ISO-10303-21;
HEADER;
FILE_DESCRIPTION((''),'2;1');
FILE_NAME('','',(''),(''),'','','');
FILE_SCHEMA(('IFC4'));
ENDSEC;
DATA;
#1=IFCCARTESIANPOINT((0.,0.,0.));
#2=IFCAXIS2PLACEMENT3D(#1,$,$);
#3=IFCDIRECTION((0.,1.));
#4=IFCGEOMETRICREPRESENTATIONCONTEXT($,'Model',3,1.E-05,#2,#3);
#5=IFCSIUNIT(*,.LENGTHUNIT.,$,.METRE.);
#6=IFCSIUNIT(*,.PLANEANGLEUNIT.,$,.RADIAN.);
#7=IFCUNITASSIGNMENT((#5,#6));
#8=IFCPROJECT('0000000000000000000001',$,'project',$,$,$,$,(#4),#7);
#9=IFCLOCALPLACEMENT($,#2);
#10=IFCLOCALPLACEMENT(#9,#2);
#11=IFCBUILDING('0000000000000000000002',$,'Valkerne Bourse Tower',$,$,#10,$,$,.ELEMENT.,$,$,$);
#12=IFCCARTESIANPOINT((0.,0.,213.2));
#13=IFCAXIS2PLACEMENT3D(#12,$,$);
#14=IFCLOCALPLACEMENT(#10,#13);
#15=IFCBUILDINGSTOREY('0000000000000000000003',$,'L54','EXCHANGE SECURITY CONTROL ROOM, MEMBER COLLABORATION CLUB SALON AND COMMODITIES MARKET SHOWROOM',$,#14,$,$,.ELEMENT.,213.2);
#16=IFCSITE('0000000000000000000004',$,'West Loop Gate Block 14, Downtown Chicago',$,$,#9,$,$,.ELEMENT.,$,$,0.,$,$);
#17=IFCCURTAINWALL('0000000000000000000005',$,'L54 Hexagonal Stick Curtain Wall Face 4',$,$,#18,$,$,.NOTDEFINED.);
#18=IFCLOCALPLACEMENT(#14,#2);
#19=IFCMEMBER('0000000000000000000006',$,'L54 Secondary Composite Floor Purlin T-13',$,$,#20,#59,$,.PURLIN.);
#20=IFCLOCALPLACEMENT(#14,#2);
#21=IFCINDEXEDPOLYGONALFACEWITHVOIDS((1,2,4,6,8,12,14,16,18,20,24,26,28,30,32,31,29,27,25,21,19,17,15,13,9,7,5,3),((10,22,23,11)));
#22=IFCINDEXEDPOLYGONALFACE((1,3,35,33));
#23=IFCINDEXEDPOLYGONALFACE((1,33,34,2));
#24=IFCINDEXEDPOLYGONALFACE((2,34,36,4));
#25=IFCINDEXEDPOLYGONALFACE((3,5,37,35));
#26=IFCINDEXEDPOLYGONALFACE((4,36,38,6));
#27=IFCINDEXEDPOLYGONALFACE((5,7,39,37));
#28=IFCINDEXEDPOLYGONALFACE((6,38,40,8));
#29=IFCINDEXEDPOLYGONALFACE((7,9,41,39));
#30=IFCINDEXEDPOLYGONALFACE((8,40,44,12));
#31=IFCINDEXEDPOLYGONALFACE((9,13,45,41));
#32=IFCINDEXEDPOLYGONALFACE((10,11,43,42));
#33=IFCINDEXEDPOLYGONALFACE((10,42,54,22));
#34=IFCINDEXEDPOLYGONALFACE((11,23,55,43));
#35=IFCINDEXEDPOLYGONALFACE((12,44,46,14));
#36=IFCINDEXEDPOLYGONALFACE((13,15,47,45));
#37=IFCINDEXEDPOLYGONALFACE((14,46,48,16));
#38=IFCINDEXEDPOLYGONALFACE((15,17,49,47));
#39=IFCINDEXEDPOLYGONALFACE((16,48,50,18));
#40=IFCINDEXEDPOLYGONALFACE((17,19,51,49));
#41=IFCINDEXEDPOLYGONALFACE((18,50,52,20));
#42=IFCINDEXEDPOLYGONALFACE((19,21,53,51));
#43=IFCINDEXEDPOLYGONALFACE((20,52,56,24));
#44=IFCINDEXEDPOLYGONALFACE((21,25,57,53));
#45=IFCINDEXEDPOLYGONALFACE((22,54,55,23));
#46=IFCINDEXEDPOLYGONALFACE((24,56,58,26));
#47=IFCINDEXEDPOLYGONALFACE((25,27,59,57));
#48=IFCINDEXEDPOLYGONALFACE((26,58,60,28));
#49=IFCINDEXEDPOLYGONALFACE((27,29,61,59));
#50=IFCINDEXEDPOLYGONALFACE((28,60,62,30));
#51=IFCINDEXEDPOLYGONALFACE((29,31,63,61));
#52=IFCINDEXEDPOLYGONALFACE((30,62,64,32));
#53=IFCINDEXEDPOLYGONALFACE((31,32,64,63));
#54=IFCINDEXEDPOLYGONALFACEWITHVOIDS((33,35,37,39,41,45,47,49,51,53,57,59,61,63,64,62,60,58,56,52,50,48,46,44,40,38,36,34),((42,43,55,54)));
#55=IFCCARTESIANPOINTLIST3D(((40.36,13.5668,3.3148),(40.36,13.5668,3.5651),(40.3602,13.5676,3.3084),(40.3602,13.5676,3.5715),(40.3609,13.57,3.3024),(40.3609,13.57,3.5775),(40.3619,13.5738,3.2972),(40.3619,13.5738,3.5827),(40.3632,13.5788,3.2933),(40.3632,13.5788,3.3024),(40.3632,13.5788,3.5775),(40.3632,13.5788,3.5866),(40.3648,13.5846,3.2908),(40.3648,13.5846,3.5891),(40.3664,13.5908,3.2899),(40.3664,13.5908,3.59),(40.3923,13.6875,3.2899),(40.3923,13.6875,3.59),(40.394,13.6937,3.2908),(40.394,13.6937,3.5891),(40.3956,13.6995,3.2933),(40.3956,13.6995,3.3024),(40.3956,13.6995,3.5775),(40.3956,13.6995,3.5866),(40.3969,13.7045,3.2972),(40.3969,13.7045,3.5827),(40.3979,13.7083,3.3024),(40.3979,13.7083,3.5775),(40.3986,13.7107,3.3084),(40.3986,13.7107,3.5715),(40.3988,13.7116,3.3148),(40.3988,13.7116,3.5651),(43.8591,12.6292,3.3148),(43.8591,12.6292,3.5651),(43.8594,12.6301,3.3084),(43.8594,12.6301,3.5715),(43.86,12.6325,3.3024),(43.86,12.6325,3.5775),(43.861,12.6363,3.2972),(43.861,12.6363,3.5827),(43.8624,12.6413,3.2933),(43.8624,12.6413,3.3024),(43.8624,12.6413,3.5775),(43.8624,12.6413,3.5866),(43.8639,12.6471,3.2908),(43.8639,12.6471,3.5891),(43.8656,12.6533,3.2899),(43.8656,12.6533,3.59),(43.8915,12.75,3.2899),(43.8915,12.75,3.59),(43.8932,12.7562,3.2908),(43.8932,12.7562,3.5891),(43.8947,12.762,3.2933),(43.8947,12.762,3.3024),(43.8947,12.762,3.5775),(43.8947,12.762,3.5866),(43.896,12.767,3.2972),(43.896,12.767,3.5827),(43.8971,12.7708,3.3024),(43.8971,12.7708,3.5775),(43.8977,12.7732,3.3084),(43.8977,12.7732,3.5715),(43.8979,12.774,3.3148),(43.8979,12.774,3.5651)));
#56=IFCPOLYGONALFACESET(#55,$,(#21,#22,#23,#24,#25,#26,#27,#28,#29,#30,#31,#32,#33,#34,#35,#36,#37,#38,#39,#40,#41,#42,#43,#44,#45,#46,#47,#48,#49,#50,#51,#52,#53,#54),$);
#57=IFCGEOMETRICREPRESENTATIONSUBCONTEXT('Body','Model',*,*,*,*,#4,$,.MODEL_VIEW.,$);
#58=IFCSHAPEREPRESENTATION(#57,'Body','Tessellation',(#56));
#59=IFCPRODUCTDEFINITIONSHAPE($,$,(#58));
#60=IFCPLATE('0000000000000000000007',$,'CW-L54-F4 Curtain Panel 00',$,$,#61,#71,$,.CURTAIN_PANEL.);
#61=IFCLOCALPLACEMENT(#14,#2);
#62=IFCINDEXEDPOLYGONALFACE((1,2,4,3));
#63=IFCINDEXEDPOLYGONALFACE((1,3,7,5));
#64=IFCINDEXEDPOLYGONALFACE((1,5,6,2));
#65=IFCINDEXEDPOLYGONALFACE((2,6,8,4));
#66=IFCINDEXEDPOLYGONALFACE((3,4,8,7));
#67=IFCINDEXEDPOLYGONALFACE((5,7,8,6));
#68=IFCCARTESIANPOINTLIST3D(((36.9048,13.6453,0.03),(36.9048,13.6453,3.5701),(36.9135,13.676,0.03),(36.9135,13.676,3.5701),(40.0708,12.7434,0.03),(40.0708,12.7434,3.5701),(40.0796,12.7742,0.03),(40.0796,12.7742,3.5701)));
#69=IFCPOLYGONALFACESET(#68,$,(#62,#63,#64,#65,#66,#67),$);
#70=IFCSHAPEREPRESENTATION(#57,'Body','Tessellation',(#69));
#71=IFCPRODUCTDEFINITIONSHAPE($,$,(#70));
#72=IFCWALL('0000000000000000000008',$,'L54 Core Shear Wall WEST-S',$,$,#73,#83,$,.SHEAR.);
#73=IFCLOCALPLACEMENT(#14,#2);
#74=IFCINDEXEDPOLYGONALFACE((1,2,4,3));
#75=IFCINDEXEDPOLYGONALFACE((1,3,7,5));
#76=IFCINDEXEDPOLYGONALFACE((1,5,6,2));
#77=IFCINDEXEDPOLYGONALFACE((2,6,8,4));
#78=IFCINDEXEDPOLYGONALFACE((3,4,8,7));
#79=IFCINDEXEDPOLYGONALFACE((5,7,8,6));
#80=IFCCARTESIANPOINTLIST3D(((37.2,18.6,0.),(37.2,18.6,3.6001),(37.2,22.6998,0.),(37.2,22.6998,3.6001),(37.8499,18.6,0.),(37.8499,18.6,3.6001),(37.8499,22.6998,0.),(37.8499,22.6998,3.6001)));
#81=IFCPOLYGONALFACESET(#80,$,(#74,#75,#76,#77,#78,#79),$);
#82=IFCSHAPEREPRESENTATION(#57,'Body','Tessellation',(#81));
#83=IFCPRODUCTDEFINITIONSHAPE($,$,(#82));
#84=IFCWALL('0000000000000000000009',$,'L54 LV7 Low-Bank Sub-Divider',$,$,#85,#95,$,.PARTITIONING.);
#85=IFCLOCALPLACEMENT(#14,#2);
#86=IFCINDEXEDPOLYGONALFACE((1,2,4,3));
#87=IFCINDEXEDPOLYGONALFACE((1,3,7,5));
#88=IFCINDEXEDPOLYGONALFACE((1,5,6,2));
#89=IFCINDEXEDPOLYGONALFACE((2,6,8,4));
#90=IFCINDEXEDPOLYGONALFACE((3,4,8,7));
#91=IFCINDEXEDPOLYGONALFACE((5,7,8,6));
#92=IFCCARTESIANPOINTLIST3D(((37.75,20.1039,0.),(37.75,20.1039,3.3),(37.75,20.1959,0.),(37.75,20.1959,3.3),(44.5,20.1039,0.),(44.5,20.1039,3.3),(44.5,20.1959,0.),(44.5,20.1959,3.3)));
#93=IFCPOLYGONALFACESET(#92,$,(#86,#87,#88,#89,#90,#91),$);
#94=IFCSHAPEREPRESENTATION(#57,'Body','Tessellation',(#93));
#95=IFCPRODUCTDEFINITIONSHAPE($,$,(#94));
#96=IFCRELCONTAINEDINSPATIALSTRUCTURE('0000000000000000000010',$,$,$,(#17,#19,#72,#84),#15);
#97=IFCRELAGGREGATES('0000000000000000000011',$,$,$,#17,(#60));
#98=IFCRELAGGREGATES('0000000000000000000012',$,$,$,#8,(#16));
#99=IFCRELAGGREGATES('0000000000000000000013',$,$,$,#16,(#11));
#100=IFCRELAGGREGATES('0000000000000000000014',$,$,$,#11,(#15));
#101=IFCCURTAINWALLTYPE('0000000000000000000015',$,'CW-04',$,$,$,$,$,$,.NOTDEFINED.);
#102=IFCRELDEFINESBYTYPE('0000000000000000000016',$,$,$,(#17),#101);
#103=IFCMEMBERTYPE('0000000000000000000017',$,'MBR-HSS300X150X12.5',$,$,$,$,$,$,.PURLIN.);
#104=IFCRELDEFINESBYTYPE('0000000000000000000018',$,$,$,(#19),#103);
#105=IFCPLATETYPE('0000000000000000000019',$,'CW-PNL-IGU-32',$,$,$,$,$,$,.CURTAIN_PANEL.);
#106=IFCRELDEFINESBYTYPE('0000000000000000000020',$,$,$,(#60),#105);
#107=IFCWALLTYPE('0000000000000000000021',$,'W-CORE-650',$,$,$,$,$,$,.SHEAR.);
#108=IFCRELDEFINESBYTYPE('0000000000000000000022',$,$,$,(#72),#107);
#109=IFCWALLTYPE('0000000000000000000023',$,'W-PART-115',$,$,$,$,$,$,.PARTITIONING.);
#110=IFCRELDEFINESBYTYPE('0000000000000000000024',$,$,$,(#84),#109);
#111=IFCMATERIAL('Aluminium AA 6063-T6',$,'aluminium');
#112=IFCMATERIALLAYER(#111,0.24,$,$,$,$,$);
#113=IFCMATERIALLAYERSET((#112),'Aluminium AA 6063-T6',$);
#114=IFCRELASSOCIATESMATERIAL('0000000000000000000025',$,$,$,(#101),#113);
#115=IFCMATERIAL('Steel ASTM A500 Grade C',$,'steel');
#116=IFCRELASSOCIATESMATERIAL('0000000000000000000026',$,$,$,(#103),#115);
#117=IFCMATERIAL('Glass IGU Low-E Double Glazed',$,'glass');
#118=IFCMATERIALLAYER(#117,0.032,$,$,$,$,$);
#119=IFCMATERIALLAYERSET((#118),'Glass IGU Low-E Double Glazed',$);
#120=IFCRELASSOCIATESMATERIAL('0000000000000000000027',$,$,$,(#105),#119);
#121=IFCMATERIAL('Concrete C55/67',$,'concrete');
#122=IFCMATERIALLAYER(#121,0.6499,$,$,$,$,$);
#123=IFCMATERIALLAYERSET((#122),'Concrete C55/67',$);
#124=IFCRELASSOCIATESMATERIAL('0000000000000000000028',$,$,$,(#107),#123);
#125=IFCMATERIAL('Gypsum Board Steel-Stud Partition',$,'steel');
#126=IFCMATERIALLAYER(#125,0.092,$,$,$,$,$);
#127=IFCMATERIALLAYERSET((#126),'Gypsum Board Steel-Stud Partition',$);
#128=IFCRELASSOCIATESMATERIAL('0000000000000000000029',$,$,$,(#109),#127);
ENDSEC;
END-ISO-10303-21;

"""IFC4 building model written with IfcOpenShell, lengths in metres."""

from ifc_helpers import new_model, si_unit, direction, frame, frame_2d, origin, origin_2d, place, context, subcontext, project, spatial, rectangle, hollow_rectangle, extrude, material, layer, layer_set, material_profile, profile_set, type_object, element, aggregate, save


model = new_model("IFC4")

# Units and contexts
model_context = context("Model", 3, precision=1e-05, world=origin(), true_north=direction((0.0, 1.0)))
body_context = subcontext(model_context, "Body", "Model", "MODEL_VIEW")
ifc_project = project(units=[si_unit("LENGTHUNIT", "METRE"), si_unit("PLANEANGLEUNIT", "RADIAN")], contexts=[model_context])

# Site, building, storey
site_placement = place(None, origin())
site = spatial("IfcSite", under=ifc_project, at=site_placement, Name="West Loop Gate Block 14, Downtown Chicago", CompositionType="ELEMENT", RefElevation=0.0)
building_placement = place(site_placement, origin())
building = spatial("IfcBuilding", under=site, at=building_placement, Name="Valkerne Bourse Tower", CompositionType="ELEMENT")
storey_placement = place(building_placement, frame((0.0, 0.0, 213.2)))
storey = spatial("IfcBuildingStorey", under=building, at=storey_placement, Name="L54", Description="EXCHANGE SECURITY CONTROL ROOM, MEMBER COLLABORATION CLUB SALON AND COMMODITIES MARKET SHOWROOM", CompositionType="ELEMENT", Elevation=213.2)

# Curtain wall
ifc_material_1 = material(Name="Aluminium AA 6063-T6", Category="aluminium")
ifc_layer_1 = layer(ifc_material_1, 0.24)
ifc_layer_set_1 = layer_set([ifc_layer_1], Name="Aluminium AA 6063-T6")
curtain_wall_type = type_object("IfcCurtainWallType", Name="CW-04", PredefinedType="NOTDEFINED", material=ifc_layer_set_1)
curtain_wall_placement = place(storey_placement, origin())
curtain_wall = element("IfcCurtainWall", 1, at=curtain_wall_placement, inside=storey, type_object=curtain_wall_type, Name="L54 Hexagonal Stick Curtain Wall Face 4", PredefinedType="NOTDEFINED")

# Member
ifc_material_2 = material(Name="Steel ASTM A500 Grade C", Category="steel")
ifc_material_profile_1 = material_profile(ifc_material_2, hollow_rectangle(XDim=0.1499, YDim=0.3, WallThickness=0.0125, OuterFilletRadius=0.0249, at=origin_2d()), Name="HSS300X150X12.5")
ifc_profile_set_1 = profile_set([ifc_material_profile_1], Name="Steel ASTM A500 Grade C")
member_type_1 = type_object("IfcMemberType", Name="MBR-HSS300X150X12.5", PredefinedType="PURLIN", material=ifc_profile_set_1)
member_1_placement = place(storey_placement, frame((40.3794, 13.6392, 3.4399), z_axis=(0.96593, -0.258803, 0.0), x_axis=(0.258803, 0.96593, 0.0)))
element("IfcMember", 2, at=member_1_placement, inside=storey, type_object=member_type_1, Name="L54 Secondary Composite Floor Purlin T-13", PredefinedType="PURLIN", context=body_context, shape_type="SweptSolid", body=[
    extrude(hollow_rectangle(XDim=0.1499, YDim=0.3, WallThickness=0.0125, OuterFilletRadius=0.0249, at=origin_2d()), origin(), (0.0, 0.0, 1.0), 3.6226),
])

# Plate
ifc_material_3 = material(Name="Glass IGU Low-E Double Glazed", Category="glass")
ifc_layer_2 = layer(ifc_material_3, 0.032)
ifc_layer_set_2 = layer_set([ifc_layer_2], Name="Glass IGU Low-E Double Glazed")
plate_type = type_object("IfcPlateType", Name="CW-PNL-IGU-32", PredefinedType="CURTAIN_PANEL", material=ifc_layer_set_2)
plate_placement = place(storey_placement, frame((38.4922, 13.2097, 0.03), z_axis=(0.0, 0.0, 1.0), x_axis=(0.961741, -0.273959, 0.0)))
plate = element("IfcPlate", 3, at=plate_placement, type_object=plate_type, Name="CW-L54-F4 Curtain Panel 00", PredefinedType="CURTAIN_PANEL", context=body_context, shape_type="SweptSolid", body=[
    extrude(rectangle(XDim=3.292, YDim=0.032, at=origin_2d()), origin(), (0.0, 0.0, 1.0), 3.54),
])
aggregate(curtain_wall, [plate])

# Shared definitions
ifc_material_4 = material(Name="Concrete C55/67", Category="concrete")
ifc_layer_3 = layer(ifc_material_4, 0.6499)
ifc_layer_set_3 = layer_set([ifc_layer_3], Name="Concrete C55/67")
wall_type_1 = type_object("IfcWallType", Name="W-CORE-650", PredefinedType="SHEAR", material=ifc_layer_set_3)

# Walls
wall_1_placement = place(storey_placement, frame((37.5249, 18.6001, 0.0), z_axis=(0.0, 0.0, 1.0), x_axis=(0.0, 1.0, 0.0)))
element("IfcWall", 4, at=wall_1_placement, inside=storey, type_object=wall_type_1, Name="L54 Core Shear Wall WEST-S", PredefinedType="SHEAR", context=body_context, shape_type="SweptSolid", body=[
    extrude(rectangle(XDim=4.0999, YDim=0.6499, at=frame_2d((2.0498, 0.0))), origin(), (0.0, 0.0, 1.0), 3.6001),
])
ifc_material_5 = material(Name="Gypsum Board Steel-Stud Partition", Category="steel")
ifc_layer_4 = layer(ifc_material_5, 0.092)
ifc_layer_set_4 = layer_set([ifc_layer_4], Name="Gypsum Board Steel-Stud Partition")
wall_type_2 = type_object("IfcWallType", Name="W-PART-115", PredefinedType="PARTITIONING", material=ifc_layer_set_4)
wall_2_placement = place(storey_placement, frame((37.75, 20.1499, 0.0), z_axis=(0.0, 0.0, 1.0), x_axis=(1.0, 0.0, 0.0)))
element("IfcWall", 5, at=wall_2_placement, inside=storey, type_object=wall_type_2, Name="L54 LV7 Low-Bank Sub-Divider", PredefinedType="PARTITIONING", context=body_context, shape_type="SweptSolid", body=[
    extrude(rectangle(XDim=6.75, YDim=0.092, at=frame_2d((3.375, 0.0))), origin(), (0.0, 0.0, 1.0), 3.3),
])

save(model, "model.ifc")
